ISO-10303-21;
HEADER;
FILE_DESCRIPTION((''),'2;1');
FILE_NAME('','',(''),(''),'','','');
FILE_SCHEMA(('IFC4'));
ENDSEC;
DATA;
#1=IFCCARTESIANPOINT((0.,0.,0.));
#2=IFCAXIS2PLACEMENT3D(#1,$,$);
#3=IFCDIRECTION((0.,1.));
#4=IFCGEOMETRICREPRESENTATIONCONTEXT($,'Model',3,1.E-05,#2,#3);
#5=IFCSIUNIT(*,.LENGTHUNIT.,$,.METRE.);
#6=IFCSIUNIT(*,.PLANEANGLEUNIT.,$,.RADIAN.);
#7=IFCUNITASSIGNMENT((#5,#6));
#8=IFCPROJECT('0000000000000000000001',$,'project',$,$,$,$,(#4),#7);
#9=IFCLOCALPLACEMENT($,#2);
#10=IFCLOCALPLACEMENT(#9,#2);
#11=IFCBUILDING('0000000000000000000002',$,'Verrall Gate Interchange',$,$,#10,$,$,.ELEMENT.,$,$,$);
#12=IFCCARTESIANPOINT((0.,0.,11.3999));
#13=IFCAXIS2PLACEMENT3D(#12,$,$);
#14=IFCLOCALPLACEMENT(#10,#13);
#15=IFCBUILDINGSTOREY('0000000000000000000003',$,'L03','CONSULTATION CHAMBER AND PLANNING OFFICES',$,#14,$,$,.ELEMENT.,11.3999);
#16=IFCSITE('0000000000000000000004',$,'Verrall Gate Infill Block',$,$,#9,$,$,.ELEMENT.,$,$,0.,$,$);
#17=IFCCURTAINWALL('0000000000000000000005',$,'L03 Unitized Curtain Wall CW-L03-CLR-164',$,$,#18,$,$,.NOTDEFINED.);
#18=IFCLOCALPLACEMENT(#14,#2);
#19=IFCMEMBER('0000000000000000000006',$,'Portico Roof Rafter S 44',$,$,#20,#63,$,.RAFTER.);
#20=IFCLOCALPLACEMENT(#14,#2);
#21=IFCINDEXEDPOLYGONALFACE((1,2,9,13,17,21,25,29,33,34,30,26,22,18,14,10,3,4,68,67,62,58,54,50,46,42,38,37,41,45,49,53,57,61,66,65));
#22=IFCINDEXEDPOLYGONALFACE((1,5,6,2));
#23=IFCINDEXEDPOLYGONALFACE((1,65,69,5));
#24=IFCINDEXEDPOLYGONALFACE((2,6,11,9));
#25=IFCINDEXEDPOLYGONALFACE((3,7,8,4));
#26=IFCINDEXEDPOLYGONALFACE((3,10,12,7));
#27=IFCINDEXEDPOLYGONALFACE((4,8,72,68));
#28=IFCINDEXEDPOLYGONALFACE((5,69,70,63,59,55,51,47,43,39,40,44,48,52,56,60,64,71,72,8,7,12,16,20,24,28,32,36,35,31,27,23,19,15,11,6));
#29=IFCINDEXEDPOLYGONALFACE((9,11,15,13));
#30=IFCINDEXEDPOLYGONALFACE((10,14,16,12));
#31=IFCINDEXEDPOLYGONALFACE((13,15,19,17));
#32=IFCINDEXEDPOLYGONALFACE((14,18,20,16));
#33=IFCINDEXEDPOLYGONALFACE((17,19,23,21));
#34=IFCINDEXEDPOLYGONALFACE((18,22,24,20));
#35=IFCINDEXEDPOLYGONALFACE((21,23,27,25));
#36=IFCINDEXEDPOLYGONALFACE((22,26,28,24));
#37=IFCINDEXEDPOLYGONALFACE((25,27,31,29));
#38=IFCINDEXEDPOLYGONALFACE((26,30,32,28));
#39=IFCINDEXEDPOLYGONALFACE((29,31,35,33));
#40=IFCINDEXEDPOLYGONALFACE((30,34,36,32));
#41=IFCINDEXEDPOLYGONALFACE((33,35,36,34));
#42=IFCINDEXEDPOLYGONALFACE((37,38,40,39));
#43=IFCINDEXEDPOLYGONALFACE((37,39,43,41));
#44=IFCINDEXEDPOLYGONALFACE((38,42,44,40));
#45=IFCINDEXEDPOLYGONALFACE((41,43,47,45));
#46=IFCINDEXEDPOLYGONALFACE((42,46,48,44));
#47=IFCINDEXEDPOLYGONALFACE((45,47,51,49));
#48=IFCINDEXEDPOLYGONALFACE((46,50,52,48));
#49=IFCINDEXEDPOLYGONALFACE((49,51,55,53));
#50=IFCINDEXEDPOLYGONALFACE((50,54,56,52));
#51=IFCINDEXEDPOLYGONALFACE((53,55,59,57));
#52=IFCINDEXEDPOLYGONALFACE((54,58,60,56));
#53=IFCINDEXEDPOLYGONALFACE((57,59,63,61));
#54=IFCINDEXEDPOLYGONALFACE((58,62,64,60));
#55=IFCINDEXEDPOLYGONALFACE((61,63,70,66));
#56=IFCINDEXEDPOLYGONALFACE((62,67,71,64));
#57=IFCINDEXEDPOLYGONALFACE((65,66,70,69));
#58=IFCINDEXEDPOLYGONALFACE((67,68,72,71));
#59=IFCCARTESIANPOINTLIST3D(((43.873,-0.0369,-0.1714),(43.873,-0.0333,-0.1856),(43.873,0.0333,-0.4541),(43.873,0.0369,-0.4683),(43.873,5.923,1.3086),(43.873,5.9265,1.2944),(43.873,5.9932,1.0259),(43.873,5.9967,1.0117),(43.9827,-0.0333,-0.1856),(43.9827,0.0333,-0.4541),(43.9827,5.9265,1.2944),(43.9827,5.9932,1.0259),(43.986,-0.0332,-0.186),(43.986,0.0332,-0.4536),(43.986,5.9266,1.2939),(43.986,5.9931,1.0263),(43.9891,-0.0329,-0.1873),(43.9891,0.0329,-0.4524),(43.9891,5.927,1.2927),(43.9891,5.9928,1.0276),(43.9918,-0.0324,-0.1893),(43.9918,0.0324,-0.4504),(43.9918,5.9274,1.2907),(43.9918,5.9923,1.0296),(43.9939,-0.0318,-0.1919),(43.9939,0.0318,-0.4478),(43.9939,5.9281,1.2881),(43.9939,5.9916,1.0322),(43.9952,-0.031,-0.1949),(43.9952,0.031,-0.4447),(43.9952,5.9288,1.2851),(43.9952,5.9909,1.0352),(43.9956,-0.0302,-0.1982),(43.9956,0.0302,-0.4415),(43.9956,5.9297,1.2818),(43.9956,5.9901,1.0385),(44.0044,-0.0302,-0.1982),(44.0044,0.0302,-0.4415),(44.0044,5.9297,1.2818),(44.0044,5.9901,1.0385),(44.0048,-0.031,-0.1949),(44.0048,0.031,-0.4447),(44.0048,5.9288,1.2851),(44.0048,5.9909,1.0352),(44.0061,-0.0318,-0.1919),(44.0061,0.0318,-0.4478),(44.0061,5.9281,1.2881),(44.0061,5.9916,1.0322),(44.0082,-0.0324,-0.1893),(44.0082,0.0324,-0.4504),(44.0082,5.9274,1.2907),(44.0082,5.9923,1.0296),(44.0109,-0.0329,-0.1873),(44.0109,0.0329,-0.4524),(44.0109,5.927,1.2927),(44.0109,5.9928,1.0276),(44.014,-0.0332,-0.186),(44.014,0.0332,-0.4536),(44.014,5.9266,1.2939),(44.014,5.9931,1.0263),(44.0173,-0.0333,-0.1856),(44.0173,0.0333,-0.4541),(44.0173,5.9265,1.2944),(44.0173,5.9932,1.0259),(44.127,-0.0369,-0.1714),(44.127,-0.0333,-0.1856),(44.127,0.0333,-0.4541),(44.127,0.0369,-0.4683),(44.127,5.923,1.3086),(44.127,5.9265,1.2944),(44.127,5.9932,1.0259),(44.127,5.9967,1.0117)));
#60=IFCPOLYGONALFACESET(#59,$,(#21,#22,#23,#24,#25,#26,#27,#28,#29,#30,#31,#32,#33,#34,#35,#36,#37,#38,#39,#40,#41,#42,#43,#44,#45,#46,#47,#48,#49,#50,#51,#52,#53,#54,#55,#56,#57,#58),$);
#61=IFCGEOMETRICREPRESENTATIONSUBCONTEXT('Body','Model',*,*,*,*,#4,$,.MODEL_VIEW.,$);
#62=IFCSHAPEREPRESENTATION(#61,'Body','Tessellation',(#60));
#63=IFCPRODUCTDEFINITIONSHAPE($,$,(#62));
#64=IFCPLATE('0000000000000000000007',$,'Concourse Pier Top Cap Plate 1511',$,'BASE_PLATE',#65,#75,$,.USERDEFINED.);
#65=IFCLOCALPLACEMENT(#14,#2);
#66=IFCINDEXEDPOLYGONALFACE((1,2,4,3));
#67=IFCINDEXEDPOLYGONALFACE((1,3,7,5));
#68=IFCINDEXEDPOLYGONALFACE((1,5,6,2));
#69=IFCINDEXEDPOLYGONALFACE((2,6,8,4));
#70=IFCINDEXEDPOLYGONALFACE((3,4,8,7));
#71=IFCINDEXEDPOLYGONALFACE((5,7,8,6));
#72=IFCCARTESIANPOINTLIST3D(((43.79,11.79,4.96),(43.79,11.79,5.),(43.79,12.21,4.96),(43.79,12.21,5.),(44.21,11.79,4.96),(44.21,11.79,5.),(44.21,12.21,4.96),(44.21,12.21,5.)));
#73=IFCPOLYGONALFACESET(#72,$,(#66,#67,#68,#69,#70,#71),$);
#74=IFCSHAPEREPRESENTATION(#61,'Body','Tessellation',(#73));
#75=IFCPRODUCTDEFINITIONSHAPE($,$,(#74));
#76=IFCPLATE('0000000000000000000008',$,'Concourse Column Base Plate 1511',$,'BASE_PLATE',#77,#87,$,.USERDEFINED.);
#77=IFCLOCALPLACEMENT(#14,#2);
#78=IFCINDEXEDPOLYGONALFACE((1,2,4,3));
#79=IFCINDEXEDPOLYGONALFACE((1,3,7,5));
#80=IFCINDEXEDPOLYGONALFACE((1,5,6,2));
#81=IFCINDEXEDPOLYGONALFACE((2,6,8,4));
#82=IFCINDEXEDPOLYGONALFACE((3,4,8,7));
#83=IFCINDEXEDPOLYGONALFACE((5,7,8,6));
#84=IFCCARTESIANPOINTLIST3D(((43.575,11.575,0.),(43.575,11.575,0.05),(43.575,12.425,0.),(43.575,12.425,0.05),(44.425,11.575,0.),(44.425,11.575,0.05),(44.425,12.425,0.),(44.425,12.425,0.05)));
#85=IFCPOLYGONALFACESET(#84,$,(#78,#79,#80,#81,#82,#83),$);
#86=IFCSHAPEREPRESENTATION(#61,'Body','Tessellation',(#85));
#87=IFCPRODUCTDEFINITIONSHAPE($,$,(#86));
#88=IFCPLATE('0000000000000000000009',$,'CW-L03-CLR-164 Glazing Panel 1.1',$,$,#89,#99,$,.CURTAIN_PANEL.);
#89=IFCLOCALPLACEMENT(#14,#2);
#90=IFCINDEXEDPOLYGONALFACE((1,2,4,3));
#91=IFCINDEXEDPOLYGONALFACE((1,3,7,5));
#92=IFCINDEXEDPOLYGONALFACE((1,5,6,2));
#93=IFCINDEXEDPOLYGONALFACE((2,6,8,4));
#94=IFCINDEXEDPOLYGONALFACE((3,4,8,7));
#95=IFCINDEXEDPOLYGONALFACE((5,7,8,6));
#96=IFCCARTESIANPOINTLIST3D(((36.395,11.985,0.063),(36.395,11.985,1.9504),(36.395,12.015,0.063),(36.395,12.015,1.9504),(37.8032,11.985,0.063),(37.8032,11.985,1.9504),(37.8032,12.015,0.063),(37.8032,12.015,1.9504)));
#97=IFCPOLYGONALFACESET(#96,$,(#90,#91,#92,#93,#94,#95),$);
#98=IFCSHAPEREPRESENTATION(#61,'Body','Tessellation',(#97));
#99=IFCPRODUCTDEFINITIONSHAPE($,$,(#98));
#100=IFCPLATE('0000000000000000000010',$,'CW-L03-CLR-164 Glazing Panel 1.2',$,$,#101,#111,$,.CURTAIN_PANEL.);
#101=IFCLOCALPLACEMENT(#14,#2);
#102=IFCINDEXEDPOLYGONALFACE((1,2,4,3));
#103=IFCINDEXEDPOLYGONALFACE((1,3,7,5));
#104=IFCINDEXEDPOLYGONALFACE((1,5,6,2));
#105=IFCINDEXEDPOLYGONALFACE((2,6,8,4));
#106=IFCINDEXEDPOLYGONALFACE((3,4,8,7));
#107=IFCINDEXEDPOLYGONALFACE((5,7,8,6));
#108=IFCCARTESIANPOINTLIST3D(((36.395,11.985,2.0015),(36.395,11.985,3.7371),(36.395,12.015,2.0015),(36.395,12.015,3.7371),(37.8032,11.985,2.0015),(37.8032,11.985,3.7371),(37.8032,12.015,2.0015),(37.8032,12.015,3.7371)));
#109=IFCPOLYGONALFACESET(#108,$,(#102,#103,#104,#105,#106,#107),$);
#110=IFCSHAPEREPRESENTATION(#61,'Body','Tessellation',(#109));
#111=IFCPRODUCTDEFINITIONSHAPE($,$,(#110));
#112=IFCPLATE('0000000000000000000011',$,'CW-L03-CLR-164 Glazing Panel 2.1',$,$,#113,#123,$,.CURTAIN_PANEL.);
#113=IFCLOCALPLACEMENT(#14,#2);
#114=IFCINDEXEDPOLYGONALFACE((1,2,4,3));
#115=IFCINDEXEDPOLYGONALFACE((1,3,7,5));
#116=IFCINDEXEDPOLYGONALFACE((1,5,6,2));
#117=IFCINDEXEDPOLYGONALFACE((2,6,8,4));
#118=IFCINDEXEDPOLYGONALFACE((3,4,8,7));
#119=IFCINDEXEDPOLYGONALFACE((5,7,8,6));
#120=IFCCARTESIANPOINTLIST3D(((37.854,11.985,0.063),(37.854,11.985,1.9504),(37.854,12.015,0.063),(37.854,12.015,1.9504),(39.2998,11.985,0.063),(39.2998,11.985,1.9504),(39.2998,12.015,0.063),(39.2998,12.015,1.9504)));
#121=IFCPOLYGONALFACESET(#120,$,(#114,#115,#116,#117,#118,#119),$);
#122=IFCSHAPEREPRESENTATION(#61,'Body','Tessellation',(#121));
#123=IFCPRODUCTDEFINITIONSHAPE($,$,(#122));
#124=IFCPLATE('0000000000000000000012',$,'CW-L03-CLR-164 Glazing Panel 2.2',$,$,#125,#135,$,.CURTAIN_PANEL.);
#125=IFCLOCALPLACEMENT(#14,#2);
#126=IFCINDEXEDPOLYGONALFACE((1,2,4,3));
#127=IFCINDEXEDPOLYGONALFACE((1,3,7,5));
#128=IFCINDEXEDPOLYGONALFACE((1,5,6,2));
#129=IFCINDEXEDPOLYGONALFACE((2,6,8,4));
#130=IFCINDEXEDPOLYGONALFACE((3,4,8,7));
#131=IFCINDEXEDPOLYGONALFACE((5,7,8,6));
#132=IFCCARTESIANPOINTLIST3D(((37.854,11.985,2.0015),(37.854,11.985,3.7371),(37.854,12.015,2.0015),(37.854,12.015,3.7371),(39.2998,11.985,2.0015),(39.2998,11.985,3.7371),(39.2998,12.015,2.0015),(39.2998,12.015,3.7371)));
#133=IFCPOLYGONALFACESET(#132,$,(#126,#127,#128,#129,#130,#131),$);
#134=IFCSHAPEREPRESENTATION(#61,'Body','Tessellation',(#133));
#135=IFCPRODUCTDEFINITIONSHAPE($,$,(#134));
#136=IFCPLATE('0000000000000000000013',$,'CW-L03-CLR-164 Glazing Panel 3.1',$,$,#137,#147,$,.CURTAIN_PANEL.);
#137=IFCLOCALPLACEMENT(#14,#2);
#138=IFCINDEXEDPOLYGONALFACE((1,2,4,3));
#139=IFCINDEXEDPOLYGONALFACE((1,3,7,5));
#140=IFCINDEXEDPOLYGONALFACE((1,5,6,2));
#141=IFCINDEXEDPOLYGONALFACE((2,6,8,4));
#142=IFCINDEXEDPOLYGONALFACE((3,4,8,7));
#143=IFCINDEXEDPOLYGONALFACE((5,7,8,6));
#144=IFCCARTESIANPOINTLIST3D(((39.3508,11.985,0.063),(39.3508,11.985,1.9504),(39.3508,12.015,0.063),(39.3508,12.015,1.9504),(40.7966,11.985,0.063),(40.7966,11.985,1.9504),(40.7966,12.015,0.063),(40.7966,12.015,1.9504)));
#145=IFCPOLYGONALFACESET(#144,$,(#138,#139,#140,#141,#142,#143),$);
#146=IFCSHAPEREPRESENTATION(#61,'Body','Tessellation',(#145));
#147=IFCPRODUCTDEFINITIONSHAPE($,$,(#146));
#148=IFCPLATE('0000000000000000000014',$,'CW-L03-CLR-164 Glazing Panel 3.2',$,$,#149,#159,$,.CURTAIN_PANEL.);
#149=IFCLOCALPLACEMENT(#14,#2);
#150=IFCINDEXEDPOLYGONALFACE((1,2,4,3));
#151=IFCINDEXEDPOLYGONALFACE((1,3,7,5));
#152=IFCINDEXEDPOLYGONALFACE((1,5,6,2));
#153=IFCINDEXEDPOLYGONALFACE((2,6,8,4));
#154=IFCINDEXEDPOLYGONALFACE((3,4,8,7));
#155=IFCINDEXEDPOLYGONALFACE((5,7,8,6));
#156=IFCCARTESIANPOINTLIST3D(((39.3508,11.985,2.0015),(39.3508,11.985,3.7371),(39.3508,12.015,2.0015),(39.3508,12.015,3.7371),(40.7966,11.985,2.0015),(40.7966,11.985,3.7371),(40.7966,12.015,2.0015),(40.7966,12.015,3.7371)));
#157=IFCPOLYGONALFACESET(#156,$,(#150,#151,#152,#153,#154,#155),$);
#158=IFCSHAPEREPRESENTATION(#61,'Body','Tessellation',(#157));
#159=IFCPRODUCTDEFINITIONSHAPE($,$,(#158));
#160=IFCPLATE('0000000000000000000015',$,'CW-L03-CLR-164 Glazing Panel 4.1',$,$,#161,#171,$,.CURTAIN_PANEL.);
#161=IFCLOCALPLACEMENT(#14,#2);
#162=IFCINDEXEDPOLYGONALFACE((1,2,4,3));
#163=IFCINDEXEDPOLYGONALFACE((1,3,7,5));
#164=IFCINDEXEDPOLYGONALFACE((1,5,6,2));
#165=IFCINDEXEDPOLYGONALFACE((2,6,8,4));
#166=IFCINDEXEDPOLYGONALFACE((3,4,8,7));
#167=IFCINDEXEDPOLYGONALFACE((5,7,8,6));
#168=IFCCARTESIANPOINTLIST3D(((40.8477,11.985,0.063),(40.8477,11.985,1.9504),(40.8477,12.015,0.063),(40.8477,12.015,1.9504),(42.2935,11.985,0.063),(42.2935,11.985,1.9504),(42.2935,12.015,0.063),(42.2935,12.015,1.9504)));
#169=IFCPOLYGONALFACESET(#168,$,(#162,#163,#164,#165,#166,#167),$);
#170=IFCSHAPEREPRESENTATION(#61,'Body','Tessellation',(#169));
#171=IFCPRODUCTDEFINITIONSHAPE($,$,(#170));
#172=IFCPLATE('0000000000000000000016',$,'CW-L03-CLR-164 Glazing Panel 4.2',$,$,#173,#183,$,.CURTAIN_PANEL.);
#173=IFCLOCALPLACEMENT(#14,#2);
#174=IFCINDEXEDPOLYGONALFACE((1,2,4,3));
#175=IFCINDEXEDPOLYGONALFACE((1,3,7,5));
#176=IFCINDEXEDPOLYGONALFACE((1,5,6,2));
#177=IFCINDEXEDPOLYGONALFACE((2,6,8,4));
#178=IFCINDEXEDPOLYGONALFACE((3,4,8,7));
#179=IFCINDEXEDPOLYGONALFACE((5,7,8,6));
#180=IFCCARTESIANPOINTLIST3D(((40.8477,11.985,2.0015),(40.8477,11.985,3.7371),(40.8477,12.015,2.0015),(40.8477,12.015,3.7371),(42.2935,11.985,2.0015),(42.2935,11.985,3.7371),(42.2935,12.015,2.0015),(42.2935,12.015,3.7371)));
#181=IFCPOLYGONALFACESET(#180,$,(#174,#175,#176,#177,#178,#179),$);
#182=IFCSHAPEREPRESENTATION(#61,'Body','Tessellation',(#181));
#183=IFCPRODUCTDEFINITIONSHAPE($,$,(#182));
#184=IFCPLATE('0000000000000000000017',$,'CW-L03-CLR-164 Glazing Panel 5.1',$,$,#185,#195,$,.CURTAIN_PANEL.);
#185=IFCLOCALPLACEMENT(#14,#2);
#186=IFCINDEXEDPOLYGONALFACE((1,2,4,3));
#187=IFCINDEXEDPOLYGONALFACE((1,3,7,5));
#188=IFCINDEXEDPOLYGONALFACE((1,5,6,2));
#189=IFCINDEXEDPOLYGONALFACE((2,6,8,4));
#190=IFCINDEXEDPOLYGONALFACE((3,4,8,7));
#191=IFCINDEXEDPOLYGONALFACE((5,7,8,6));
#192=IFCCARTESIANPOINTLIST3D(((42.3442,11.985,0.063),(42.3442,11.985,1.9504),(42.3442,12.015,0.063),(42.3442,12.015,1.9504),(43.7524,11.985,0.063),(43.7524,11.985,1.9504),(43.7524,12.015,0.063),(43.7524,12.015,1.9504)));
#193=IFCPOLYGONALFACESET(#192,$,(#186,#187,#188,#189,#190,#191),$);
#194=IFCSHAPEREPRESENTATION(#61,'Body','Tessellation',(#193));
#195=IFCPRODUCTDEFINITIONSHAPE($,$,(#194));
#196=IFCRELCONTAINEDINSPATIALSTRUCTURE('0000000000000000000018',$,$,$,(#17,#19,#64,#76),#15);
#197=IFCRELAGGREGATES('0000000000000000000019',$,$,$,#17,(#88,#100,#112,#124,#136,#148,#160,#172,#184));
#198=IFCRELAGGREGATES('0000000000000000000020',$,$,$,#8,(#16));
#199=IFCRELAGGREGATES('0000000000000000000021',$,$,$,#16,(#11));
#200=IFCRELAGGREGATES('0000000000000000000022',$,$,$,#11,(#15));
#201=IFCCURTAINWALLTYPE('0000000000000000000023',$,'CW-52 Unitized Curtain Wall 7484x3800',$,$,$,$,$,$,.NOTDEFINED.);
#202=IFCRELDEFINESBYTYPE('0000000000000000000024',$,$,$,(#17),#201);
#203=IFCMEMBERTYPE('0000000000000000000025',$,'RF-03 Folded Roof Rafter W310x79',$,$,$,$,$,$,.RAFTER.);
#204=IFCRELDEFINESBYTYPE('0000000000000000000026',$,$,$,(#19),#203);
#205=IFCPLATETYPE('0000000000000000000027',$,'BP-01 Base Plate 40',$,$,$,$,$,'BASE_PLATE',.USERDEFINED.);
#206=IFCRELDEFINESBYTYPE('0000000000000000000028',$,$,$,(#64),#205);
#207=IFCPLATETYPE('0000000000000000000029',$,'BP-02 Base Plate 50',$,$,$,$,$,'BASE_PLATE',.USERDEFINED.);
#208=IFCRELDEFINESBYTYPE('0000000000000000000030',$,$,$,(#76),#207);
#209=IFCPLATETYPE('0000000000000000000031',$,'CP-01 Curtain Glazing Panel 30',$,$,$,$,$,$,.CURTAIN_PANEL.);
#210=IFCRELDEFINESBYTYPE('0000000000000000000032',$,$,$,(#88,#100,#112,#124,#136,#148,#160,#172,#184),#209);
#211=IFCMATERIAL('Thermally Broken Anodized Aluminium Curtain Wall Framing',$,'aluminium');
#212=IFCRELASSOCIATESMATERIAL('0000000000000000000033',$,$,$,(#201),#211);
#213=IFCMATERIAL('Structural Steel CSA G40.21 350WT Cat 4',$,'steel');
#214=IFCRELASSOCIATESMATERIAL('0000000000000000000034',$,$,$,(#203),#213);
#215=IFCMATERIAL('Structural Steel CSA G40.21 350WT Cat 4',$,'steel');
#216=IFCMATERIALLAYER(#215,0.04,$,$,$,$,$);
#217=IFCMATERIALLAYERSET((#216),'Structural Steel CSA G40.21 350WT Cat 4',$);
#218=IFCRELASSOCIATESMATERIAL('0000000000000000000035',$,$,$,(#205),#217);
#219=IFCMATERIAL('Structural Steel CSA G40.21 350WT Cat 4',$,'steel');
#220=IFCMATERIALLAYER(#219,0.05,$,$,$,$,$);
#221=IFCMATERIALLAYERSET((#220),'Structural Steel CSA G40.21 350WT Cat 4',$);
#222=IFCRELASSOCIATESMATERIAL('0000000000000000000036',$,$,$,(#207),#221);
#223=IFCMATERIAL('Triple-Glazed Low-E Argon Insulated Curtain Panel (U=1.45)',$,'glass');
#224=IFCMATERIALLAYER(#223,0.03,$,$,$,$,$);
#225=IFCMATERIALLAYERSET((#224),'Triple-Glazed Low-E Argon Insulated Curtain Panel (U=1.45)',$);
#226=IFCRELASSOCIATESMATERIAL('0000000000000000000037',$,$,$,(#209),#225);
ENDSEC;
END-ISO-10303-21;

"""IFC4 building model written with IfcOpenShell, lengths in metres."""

from ifc_helpers import new_model, si_unit, direction, frame, origin, origin_2d, place, context, subcontext, project, spatial, rectangle, i_section, extrude, material, layer, layer_set, material_profile, profile_set, type_object, element, aggregate, save


model = new_model("IFC4")

# Units and contexts
model_context = context("Model", 3, precision=1e-05, world=origin(), true_north=direction((0.0, 1.0)))
body_context = subcontext(model_context, "Body", "Model", "MODEL_VIEW")
ifc_project = project(units=[si_unit("LENGTHUNIT", "METRE"), si_unit("PLANEANGLEUNIT", "RADIAN")], contexts=[model_context])

# Site, building, storey
site_placement = place(None, origin())
site = spatial("IfcSite", under=ifc_project, at=site_placement, Name="Verrall Gate Infill Block", CompositionType="ELEMENT", RefElevation=0.0)
building_placement = place(site_placement, origin())
building = spatial("IfcBuilding", under=site, at=building_placement, Name="Verrall Gate Interchange", CompositionType="ELEMENT")
storey_placement = place(building_placement, frame((0.0, 0.0, 11.3999)))
storey = spatial("IfcBuildingStorey", under=building, at=storey_placement, Name="L03", Description="CONSULTATION CHAMBER AND PLANNING OFFICES", CompositionType="ELEMENT", Elevation=11.3999)

# Curtain wall
ifc_material_1 = material(Name="Thermally Broken Anodized Aluminium Curtain Wall Framing", Category="aluminium")
curtain_wall_type = type_object("IfcCurtainWallType", Name="CW-52 Unitized Curtain Wall 7484x3800", PredefinedType="NOTDEFINED", material=ifc_material_1)
curtain_wall_placement = place(storey_placement, origin())
curtain_wall = element("IfcCurtainWall", 1, at=curtain_wall_placement, inside=storey, type_object=curtain_wall_type, Name="L03 Unitized Curtain Wall CW-L03-CLR-164", PredefinedType="NOTDEFINED")

# Member
ifc_material_2 = material(Name="Structural Steel CSA G40.21 350WT Cat 4", Category="steel")
ifc_material_profile_1 = material_profile(ifc_material_2, i_section(OverallWidth=0.2539, OverallDepth=0.3059, WebThickness=0.0088, FlangeThickness=0.0146, FilletRadius=0.0129, at=origin_2d()), Name="W310x79")
ifc_profile_set_1 = profile_set([ifc_material_profile_1], Name="Structural Steel CSA G40.21 350WT Cat 4")
member_type_1 = type_object("IfcMemberType", Name="RF-03 Folded Roof Rafter W310x79", PredefinedType="RAFTER", material=ifc_profile_set_1)
member_1_placement = place(storey_placement, frame((44.0, 0.0, -0.3198), z_axis=(0.0, 0.970525, 0.241001), x_axis=(-1.0, 0.0, 0.0)))
element("IfcMember", 2, at=member_1_placement, inside=storey, type_object=member_type_1, Name="Portico Roof Rafter S 44", PredefinedType="RAFTER", context=body_context, shape_type="SweptSolid", body=[
    extrude(i_section(OverallWidth=0.2539, OverallDepth=0.3059, WebThickness=0.0088, FlangeThickness=0.0146, FilletRadius=0.0129, at=origin_2d()), origin(), (0.0, 0.0, 1.0), 6.1409),
])

# Plates
ifc_material_3 = material(Name="Structural Steel CSA G40.21 350WT Cat 4", Category="steel")
ifc_layer_1 = layer(ifc_material_3, 0.04)
ifc_layer_set_1 = layer_set([ifc_layer_1], Name="Structural Steel CSA G40.21 350WT Cat 4")
plate_type_1 = type_object("IfcPlateType", Name="BP-01 Base Plate 40", ElementType="BASE_PLATE", PredefinedType="USERDEFINED", material=ifc_layer_set_1)
plate_1_placement = place(storey_placement, frame((44.0, 12.0, 4.96), z_axis=(0.0, 0.0, 1.0), x_axis=(1.0, 0.0, 0.0)))
element("IfcPlate", 3, at=plate_1_placement, inside=storey, type_object=plate_type_1, Name="Concourse Pier Top Cap Plate 1511", ObjectType="BASE_PLATE", PredefinedType="USERDEFINED", context=body_context, shape_type="SweptSolid", body=[
    extrude(rectangle(XDim=0.4199, YDim=0.4199, at=origin_2d()), origin(), (0.0, 0.0, 1.0), 0.04),
])
ifc_material_4 = material(Name="Structural Steel CSA G40.21 350WT Cat 4", Category="steel")
ifc_layer_2 = layer(ifc_material_4, 0.05)
ifc_layer_set_2 = layer_set([ifc_layer_2], Name="Structural Steel CSA G40.21 350WT Cat 4")
plate_type_2 = type_object("IfcPlateType", Name="BP-02 Base Plate 50", ElementType="BASE_PLATE", PredefinedType="USERDEFINED", material=ifc_layer_set_2)
plate_2_placement = place(storey_placement, frame((44.0, 12.0, 0.0), z_axis=(0.0, 0.0, 1.0), x_axis=(1.0, 0.0, 0.0)))
element("IfcPlate", 4, at=plate_2_placement, inside=storey, type_object=plate_type_2, Name="Concourse Column Base Plate 1511", ObjectType="BASE_PLATE", PredefinedType="USERDEFINED", context=body_context, shape_type="SweptSolid", body=[
    extrude(rectangle(XDim=0.8501, YDim=0.8501, at=origin_2d()), origin(), (0.0, 0.0, 1.0), 0.05),
])

# Plates
ifc_material_5 = material(Name="Triple-Glazed Low-E Argon Insulated Curtain Panel (U=1.45)", Category="glass")
ifc_layer_3 = layer(ifc_material_5, 0.03)
ifc_layer_set_3 = layer_set([ifc_layer_3], Name="Triple-Glazed Low-E Argon Insulated Curtain Panel (U=1.45)")
plate_type_3 = type_object("IfcPlateType", Name="CP-01 Curtain Glazing Panel 30", PredefinedType="CURTAIN_PANEL", material=ifc_layer_set_3)
plate_3_placement = place(storey_placement, frame((37.0991, 12.0, 0.063), z_axis=(0.0, 0.0, 1.0), x_axis=(1.0, 0.0, 0.0)))
plate_3 = element("IfcPlate", 5, at=plate_3_placement, type_object=plate_type_3, Name="CW-L03-CLR-164 Glazing Panel 1.1", PredefinedType="CURTAIN_PANEL", context=body_context, shape_type="SweptSolid", body=[
    extrude(rectangle(XDim=1.4082, YDim=0.03, at=origin_2d()), origin(), (0.0, 0.0, 1.0), 1.8875),
])
plate_4_placement = place(storey_placement, frame((37.0991, 12.0, 2.0015), z_axis=(0.0, 0.0, 1.0), x_axis=(1.0, 0.0, 0.0)))
plate_4 = element("IfcPlate", 6, at=plate_4_placement, type_object=plate_type_3, Name="CW-L03-CLR-164 Glazing Panel 1.2", PredefinedType="CURTAIN_PANEL", context=body_context, shape_type="SweptSolid", body=[
    extrude(rectangle(XDim=1.4082, YDim=0.03, at=origin_2d()), origin(), (0.0, 0.0, 1.0), 1.7356),
])
plate_5_placement = place(storey_placement, frame((38.5769, 12.0, 0.063), z_axis=(0.0, 0.0, 1.0), x_axis=(1.0, 0.0, 0.0)))
plate_5 = element("IfcPlate", 7, at=plate_5_placement, type_object=plate_type_3, Name="CW-L03-CLR-164 Glazing Panel 2.1", PredefinedType="CURTAIN_PANEL", context=body_context, shape_type="SweptSolid", body=[
    extrude(rectangle(XDim=1.4458, YDim=0.03, at=origin_2d()), origin(), (0.0, 0.0, 1.0), 1.8875),
])
plate_6_placement = place(storey_placement, frame((38.5769, 12.0, 2.0015), z_axis=(0.0, 0.0, 1.0), x_axis=(1.0, 0.0, 0.0)))
plate_6 = element("IfcPlate", 8, at=plate_6_placement, type_object=plate_type_3, Name="CW-L03-CLR-164 Glazing Panel 2.2", PredefinedType="CURTAIN_PANEL", context=body_context, shape_type="SweptSolid", body=[
    extrude(rectangle(XDim=1.4458, YDim=0.03, at=origin_2d()), origin(), (0.0, 0.0, 1.0), 1.7356),
])
plate_7_placement = place(storey_placement, frame((40.0737, 12.0, 0.063), z_axis=(0.0, 0.0, 1.0), x_axis=(1.0, 0.0, 0.0)))
plate_7 = element("IfcPlate", 9, at=plate_7_placement, type_object=plate_type_3, Name="CW-L03-CLR-164 Glazing Panel 3.1", PredefinedType="CURTAIN_PANEL", context=body_context, shape_type="SweptSolid", body=[
    extrude(rectangle(XDim=1.4458, YDim=0.03, at=origin_2d()), origin(), (0.0, 0.0, 1.0), 1.8875),
])
plate_8_placement = place(storey_placement, frame((40.0737, 12.0, 2.0015), z_axis=(0.0, 0.0, 1.0), x_axis=(1.0, 0.0, 0.0)))
plate_8 = element("IfcPlate", 10, at=plate_8_placement, type_object=plate_type_3, Name="CW-L03-CLR-164 Glazing Panel 3.2", PredefinedType="CURTAIN_PANEL", context=body_context, shape_type="SweptSolid", body=[
    extrude(rectangle(XDim=1.4458, YDim=0.03, at=origin_2d()), origin(), (0.0, 0.0, 1.0), 1.7356),
])
plate_9_placement = place(storey_placement, frame((41.5706, 12.0, 0.063), z_axis=(0.0, 0.0, 1.0), x_axis=(1.0, 0.0, 0.0)))
plate_9 = element("IfcPlate", 11, at=plate_9_placement, type_object=plate_type_3, Name="CW-L03-CLR-164 Glazing Panel 4.1", PredefinedType="CURTAIN_PANEL", context=body_context, shape_type="SweptSolid", body=[
    extrude(rectangle(XDim=1.4458, YDim=0.03, at=origin_2d()), origin(), (0.0, 0.0, 1.0), 1.8875),
])
plate_10_placement = place(storey_placement, frame((41.5706, 12.0, 2.0015), z_axis=(0.0, 0.0, 1.0), x_axis=(1.0, 0.0, 0.0)))
plate_10 = element("IfcPlate", 12, at=plate_10_placement, type_object=plate_type_3, Name="CW-L03-CLR-164 Glazing Panel 4.2", PredefinedType="CURTAIN_PANEL", context=body_context, shape_type="SweptSolid", body=[
    extrude(rectangle(XDim=1.4458, YDim=0.03, at=origin_2d()), origin(), (0.0, 0.0, 1.0), 1.7356),
])
plate_11_placement = place(storey_placement, frame((43.0483, 12.0, 0.063), z_axis=(0.0, 0.0, 1.0), x_axis=(1.0, 0.0, 0.0)))
plate_11 = element("IfcPlate", 13, at=plate_11_placement, type_object=plate_type_3, Name="CW-L03-CLR-164 Glazing Panel 5.1", PredefinedType="CURTAIN_PANEL", context=body_context, shape_type="SweptSolid", body=[
    extrude(rectangle(XDim=1.4082, YDim=0.03, at=origin_2d()), origin(), (0.0, 0.0, 1.0), 1.8875),
])
aggregate(curtain_wall, [plate_3, plate_4, plate_5, plate_6, plate_7, plate_8, plate_9, plate_10, plate_11])

save(model, "model.ifc")
